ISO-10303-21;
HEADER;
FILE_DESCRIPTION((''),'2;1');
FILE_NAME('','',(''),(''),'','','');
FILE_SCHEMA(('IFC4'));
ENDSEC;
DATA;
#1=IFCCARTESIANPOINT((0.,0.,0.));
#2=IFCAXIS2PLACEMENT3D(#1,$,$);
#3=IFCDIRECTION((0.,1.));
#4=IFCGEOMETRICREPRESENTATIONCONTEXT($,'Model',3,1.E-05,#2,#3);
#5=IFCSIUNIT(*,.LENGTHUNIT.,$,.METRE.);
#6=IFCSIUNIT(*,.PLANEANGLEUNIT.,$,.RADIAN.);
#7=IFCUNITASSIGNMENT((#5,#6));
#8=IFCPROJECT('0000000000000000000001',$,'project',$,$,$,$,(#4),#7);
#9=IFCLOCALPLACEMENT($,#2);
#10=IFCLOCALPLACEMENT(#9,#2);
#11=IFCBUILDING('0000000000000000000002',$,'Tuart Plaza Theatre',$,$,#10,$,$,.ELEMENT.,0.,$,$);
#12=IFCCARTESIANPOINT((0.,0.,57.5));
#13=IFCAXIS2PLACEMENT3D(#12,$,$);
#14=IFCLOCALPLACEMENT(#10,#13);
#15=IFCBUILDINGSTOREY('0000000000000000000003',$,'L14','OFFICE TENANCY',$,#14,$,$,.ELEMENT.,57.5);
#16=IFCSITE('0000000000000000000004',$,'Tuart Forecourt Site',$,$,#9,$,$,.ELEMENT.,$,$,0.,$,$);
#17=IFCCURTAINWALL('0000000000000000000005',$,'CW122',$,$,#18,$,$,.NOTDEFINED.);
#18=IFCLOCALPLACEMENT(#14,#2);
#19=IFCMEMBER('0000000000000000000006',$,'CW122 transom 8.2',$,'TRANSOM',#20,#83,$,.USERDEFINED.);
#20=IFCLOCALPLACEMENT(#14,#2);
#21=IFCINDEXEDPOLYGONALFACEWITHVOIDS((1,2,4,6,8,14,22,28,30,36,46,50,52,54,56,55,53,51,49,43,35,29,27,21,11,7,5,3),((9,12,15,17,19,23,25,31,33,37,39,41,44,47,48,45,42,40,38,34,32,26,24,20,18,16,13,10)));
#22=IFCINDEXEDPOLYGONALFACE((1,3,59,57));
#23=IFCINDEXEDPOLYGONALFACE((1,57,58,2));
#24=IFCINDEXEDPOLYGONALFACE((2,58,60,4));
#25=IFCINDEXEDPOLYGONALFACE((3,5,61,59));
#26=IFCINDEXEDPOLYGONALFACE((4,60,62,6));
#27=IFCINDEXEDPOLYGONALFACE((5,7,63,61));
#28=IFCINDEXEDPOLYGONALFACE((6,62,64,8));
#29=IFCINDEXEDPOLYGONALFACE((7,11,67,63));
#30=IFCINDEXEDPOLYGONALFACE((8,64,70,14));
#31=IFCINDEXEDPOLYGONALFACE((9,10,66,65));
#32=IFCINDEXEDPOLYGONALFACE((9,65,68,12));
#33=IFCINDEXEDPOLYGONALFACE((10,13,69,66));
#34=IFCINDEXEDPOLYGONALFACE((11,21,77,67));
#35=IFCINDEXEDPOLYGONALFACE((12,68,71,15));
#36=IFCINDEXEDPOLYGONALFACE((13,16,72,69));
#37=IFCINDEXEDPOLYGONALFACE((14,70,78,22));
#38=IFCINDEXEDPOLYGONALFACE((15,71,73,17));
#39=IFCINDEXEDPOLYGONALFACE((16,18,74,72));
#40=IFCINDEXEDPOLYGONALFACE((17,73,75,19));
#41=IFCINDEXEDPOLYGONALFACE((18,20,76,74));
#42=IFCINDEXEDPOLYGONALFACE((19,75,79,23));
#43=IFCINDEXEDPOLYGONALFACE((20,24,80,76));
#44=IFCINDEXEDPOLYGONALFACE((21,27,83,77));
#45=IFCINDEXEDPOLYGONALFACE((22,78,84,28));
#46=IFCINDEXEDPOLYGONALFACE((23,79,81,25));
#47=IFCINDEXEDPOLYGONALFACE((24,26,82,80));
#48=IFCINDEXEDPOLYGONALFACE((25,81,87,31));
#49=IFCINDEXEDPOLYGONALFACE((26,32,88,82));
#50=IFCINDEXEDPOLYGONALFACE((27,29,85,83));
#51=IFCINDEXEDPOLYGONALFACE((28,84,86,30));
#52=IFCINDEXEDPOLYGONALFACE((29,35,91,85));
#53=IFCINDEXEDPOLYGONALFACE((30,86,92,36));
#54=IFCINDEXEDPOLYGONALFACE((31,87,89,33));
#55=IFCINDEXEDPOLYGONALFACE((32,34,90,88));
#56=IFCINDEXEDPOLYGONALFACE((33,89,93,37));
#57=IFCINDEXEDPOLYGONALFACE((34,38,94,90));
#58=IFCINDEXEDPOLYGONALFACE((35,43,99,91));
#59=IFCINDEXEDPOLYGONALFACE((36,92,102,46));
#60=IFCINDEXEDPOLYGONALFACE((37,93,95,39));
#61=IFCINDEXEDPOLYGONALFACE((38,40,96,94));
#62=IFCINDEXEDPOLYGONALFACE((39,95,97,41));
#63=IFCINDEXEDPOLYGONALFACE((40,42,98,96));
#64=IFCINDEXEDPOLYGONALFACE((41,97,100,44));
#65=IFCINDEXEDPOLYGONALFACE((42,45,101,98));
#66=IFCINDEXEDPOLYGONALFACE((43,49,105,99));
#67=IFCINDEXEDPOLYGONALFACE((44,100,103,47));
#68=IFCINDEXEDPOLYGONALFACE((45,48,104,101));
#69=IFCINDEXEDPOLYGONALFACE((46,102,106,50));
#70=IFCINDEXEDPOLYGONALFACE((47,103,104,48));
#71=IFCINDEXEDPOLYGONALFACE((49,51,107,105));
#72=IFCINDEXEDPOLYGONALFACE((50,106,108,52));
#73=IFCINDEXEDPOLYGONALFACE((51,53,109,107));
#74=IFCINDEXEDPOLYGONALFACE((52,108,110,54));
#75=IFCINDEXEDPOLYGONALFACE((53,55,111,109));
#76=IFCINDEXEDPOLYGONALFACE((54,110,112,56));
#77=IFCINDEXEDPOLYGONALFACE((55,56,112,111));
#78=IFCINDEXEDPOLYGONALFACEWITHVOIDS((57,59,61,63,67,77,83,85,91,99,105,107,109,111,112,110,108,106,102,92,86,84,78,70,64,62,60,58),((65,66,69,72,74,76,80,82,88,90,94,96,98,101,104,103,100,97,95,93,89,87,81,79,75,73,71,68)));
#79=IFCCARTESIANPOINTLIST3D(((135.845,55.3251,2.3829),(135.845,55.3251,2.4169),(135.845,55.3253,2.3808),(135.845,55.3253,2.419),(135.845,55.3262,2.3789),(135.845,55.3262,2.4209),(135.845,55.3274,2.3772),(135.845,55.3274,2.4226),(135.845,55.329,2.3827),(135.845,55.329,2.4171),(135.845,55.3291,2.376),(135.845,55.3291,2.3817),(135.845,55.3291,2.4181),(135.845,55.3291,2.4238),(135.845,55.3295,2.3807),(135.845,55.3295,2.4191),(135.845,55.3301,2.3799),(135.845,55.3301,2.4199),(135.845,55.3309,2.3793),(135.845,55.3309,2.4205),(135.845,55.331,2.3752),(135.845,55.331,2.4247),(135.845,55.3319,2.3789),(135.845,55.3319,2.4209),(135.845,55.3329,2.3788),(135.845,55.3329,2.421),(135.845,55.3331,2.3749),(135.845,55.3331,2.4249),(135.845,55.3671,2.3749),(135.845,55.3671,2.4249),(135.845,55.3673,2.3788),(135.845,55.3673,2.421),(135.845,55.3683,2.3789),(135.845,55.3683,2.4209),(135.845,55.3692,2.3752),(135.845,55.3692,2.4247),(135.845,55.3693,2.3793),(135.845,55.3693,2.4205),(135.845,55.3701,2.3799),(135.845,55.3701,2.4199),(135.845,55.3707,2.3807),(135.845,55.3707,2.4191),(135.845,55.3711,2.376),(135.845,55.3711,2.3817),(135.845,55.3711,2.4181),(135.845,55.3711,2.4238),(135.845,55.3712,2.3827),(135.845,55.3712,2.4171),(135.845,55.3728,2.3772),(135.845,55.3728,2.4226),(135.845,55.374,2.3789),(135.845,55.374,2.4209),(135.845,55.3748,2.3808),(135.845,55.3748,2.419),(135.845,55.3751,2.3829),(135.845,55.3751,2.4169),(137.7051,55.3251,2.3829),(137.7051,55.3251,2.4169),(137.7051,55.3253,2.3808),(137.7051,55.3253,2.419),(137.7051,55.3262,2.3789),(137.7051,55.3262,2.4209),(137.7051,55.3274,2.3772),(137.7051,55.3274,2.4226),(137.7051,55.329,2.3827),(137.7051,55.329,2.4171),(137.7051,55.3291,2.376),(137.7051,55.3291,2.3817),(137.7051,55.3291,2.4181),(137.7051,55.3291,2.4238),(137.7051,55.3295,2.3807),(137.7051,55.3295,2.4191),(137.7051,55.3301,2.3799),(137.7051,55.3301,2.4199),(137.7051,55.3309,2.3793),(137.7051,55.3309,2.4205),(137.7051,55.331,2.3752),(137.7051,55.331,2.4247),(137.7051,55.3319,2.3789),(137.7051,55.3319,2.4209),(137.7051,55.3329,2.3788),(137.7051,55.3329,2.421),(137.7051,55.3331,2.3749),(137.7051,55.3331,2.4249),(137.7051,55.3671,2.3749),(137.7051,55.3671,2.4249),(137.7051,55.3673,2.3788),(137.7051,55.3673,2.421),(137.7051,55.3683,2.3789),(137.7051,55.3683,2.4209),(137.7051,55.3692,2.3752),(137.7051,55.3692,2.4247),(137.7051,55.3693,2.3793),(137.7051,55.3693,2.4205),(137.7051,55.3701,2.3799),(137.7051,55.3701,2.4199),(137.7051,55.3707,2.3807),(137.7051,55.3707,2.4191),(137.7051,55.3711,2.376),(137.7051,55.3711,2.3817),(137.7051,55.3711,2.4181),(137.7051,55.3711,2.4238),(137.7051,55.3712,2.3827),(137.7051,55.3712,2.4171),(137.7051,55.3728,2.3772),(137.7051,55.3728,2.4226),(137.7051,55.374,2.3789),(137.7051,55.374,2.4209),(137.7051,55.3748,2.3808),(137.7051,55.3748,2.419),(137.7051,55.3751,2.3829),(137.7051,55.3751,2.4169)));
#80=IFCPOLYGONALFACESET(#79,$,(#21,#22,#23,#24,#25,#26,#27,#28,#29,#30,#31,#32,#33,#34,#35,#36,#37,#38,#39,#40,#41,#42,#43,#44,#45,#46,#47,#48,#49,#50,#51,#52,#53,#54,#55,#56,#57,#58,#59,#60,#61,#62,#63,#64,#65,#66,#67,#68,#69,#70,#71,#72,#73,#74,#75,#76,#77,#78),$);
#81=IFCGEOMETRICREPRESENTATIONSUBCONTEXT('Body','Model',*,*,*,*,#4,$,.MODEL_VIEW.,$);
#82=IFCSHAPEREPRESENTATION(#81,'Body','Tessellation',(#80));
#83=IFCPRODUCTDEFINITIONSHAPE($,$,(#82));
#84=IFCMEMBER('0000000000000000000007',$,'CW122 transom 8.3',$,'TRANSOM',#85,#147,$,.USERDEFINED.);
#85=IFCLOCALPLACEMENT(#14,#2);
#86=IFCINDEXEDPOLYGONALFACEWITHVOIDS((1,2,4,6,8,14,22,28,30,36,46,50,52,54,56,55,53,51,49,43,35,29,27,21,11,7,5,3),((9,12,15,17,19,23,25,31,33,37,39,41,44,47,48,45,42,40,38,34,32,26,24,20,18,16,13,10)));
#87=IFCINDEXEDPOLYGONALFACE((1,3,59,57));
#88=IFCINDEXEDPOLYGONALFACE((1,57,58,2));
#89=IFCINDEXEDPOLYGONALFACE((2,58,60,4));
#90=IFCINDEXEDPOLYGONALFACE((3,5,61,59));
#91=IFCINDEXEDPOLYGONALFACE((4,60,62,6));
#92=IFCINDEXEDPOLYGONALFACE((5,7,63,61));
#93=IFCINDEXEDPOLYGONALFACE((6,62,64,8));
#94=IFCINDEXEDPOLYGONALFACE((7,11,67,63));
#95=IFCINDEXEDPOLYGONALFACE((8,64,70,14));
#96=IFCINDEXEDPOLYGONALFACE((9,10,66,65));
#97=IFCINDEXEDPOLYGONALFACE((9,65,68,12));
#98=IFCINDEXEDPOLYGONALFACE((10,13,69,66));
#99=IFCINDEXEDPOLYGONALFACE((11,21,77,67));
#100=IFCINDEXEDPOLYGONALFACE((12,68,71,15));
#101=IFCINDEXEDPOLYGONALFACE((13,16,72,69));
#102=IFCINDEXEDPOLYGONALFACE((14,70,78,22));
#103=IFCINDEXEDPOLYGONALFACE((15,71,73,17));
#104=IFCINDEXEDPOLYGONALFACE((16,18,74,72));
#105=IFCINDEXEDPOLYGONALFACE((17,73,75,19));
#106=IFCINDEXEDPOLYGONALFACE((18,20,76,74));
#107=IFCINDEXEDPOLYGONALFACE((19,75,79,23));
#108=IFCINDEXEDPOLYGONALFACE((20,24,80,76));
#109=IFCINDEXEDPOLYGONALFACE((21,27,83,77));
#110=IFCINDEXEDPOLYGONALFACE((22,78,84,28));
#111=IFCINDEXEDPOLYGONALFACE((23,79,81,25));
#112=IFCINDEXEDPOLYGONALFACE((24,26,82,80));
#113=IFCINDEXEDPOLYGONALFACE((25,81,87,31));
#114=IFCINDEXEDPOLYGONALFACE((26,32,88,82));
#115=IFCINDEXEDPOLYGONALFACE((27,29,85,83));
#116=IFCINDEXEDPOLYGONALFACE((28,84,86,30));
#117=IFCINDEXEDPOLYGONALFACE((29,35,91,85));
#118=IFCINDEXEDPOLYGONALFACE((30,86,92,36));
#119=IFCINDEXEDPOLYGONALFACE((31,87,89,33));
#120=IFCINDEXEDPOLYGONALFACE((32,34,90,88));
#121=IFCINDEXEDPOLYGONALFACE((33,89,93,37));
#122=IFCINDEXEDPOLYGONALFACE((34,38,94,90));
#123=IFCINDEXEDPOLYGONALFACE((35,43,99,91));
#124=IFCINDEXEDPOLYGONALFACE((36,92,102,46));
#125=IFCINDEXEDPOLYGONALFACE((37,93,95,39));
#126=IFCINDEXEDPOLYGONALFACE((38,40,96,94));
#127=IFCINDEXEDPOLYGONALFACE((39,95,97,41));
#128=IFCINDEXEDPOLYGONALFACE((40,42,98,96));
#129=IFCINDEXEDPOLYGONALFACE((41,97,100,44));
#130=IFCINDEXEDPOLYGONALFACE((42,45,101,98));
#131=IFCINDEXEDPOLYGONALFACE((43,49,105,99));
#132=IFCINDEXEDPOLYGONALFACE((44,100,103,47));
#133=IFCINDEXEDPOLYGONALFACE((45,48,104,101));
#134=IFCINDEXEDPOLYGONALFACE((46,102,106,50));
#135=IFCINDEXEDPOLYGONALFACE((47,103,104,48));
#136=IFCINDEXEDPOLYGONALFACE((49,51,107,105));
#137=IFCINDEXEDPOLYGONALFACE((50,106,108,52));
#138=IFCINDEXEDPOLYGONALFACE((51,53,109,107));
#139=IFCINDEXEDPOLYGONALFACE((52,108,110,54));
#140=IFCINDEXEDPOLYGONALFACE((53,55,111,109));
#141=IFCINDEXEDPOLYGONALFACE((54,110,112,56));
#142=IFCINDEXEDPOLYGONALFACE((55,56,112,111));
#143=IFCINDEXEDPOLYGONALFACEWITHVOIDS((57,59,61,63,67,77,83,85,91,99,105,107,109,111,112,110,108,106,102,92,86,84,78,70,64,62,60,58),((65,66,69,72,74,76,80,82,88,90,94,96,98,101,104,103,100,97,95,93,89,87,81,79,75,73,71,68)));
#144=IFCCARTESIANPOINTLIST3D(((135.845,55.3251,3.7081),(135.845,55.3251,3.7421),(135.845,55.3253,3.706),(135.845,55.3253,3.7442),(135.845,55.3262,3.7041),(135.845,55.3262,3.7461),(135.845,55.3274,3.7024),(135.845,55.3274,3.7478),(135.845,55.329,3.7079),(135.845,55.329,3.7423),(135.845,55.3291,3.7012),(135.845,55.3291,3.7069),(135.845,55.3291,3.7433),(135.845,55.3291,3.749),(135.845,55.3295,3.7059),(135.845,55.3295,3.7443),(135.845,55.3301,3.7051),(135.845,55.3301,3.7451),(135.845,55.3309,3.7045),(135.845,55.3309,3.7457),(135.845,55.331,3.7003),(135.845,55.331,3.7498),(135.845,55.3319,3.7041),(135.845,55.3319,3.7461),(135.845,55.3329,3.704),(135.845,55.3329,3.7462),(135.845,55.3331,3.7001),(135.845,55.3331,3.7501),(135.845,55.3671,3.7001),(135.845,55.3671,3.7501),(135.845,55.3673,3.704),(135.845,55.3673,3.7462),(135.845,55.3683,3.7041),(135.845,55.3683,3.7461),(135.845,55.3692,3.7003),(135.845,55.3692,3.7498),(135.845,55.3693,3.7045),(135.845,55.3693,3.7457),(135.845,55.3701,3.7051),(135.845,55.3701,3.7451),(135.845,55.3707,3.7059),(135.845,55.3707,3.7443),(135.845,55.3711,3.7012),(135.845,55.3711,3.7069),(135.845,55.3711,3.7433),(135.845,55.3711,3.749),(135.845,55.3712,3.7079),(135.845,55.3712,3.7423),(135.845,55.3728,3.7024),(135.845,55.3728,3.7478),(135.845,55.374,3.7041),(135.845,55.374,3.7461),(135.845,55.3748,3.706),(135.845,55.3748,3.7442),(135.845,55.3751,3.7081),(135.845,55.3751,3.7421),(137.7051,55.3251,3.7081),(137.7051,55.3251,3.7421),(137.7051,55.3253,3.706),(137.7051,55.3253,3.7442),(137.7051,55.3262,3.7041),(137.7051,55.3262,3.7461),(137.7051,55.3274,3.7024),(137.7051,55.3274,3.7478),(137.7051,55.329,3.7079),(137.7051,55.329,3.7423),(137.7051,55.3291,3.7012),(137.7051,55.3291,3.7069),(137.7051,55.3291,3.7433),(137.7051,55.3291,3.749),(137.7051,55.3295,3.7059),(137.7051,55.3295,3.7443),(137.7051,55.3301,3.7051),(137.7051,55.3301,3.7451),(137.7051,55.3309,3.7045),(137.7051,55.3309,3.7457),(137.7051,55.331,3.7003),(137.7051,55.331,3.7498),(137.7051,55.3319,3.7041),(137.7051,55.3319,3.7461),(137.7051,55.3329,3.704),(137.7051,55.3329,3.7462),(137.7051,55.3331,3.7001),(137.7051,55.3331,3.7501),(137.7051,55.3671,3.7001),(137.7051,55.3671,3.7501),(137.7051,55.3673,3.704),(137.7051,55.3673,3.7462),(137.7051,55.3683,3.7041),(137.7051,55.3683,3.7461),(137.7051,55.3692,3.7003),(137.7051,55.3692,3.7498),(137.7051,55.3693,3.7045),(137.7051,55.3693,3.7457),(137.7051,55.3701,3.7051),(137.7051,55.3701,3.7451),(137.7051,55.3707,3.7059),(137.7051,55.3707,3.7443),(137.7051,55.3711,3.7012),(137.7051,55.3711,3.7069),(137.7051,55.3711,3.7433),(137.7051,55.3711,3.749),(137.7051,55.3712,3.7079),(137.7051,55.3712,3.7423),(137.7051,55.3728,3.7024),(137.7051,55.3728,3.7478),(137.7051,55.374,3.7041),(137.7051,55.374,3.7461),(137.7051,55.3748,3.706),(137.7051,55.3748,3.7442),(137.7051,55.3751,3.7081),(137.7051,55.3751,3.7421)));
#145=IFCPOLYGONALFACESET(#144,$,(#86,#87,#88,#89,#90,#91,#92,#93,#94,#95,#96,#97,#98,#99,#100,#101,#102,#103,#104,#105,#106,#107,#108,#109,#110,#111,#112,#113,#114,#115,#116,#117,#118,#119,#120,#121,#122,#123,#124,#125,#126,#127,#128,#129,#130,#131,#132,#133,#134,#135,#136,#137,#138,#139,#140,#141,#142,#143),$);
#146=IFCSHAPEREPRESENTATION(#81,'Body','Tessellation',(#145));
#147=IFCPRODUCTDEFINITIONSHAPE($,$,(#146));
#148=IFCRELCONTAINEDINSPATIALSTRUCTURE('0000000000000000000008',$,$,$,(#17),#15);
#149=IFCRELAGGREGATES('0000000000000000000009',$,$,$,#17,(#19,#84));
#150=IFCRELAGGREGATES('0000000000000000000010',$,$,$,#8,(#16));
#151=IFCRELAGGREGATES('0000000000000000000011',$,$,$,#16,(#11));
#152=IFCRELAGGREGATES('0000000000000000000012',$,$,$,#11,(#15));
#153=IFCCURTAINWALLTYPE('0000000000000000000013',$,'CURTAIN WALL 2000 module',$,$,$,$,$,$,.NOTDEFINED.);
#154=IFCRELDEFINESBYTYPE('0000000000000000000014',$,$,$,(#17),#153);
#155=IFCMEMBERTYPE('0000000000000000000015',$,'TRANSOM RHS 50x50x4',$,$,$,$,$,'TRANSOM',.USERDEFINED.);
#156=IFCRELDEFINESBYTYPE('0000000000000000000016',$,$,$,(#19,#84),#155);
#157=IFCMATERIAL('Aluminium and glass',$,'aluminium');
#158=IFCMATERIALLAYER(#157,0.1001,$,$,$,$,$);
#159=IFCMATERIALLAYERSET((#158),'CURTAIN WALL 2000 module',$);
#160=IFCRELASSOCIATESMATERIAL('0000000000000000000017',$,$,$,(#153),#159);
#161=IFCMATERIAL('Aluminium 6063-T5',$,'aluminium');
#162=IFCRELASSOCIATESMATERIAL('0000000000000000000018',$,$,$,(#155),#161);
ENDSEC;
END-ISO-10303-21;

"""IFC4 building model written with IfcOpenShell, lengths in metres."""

from ifc_helpers import new_model, si_unit, direction, frame, origin, origin_2d, place, context, subcontext, project, spatial, hollow_rectangle, extrude, material, layer, layer_set, material_profile, profile_set, type_object, element, aggregate, save


model = new_model("IFC4")

# Units and contexts
model_context = context("Model", 3, precision=1e-05, world=origin(), true_north=direction((0.0, 1.0)))
body_context = subcontext(model_context, "Body", "Model", "MODEL_VIEW")
ifc_project = project(units=[si_unit("LENGTHUNIT", "METRE"), si_unit("PLANEANGLEUNIT", "RADIAN")], contexts=[model_context])

# Site, building, storey
site_placement = place(None, origin())
site = spatial("IfcSite", under=ifc_project, at=site_placement, Name="Tuart Forecourt Site", CompositionType="ELEMENT", RefElevation=0.0)
building_placement = place(site_placement, origin())
building = spatial("IfcBuilding", under=site, at=building_placement, Name="Tuart Plaza Theatre", CompositionType="ELEMENT", ElevationOfRefHeight=0.0)
storey_placement = place(building_placement, frame((0.0, 0.0, 57.5)))
storey = spatial("IfcBuildingStorey", under=building, at=storey_placement, Name="L14", Description="OFFICE TENANCY", CompositionType="ELEMENT", Elevation=57.5)

# Curtain wall, members
ifc_material_1 = material(Name="Aluminium and glass", Category="aluminium")
ifc_layer_1 = layer(ifc_material_1, 0.1001)
ifc_layer_set_1 = layer_set([ifc_layer_1], Name="CURTAIN WALL 2000 module")
curtain_wall_type = type_object("IfcCurtainWallType", Name="CURTAIN WALL 2000 module", PredefinedType="NOTDEFINED", material=ifc_layer_set_1)
curtain_wall_placement = place(storey_placement, origin())
curtain_wall = element("IfcCurtainWall", 1, at=curtain_wall_placement, inside=storey, type_object=curtain_wall_type, Name="CW122", PredefinedType="NOTDEFINED")
ifc_material_2 = material(Name="Aluminium 6063-T5", Category="aluminium")
ifc_material_profile_1 = material_profile(ifc_material_2, hollow_rectangle(XDim=0.05, YDim=0.05, WallThickness=0.0039, InnerFilletRadius=0.0039, OuterFilletRadius=0.0081, at=origin_2d()), Name="RHS 50x50x4")
ifc_profile_set_1 = profile_set([ifc_material_profile_1], Name="Aluminium 6063-T5")
member_type_1 = type_object("IfcMemberType", Name="TRANSOM RHS 50x50x4", ElementType="TRANSOM", PredefinedType="USERDEFINED", material=ifc_profile_set_1)
member_1_placement = place(storey_placement, frame((135.845, 55.3501, 2.3999), z_axis=(1.0, 0.0, 0.0), x_axis=(0.0, 1.0, 0.0)))
member_1 = element("IfcMember", 2, at=member_1_placement, type_object=member_type_1, Name="CW122 transom 8.2", ObjectType="TRANSOM", PredefinedType="USERDEFINED", context=body_context, shape_type="SweptSolid", body=[
    extrude(hollow_rectangle(XDim=0.05, YDim=0.05, WallThickness=0.0039, InnerFilletRadius=0.0039, OuterFilletRadius=0.0081, at=origin_2d()), origin(), (0.0, 0.0, 1.0), 1.8601),
])
member_2_placement = place(storey_placement, frame((135.845, 55.3501, 3.7251), z_axis=(1.0, 0.0, 0.0), x_axis=(0.0, 1.0, 0.0)))
member_2 = element("IfcMember", 3, at=member_2_placement, type_object=member_type_1, Name="CW122 transom 8.3", ObjectType="TRANSOM", PredefinedType="USERDEFINED", context=body_context, shape_type="SweptSolid", body=[
    extrude(hollow_rectangle(XDim=0.05, YDim=0.05, WallThickness=0.0039, InnerFilletRadius=0.0039, OuterFilletRadius=0.0081, at=origin_2d()), origin(), (0.0, 0.0, 1.0), 1.8601),
])
aggregate(curtain_wall, [member_1, member_2])

save(model, "model.ifc")
